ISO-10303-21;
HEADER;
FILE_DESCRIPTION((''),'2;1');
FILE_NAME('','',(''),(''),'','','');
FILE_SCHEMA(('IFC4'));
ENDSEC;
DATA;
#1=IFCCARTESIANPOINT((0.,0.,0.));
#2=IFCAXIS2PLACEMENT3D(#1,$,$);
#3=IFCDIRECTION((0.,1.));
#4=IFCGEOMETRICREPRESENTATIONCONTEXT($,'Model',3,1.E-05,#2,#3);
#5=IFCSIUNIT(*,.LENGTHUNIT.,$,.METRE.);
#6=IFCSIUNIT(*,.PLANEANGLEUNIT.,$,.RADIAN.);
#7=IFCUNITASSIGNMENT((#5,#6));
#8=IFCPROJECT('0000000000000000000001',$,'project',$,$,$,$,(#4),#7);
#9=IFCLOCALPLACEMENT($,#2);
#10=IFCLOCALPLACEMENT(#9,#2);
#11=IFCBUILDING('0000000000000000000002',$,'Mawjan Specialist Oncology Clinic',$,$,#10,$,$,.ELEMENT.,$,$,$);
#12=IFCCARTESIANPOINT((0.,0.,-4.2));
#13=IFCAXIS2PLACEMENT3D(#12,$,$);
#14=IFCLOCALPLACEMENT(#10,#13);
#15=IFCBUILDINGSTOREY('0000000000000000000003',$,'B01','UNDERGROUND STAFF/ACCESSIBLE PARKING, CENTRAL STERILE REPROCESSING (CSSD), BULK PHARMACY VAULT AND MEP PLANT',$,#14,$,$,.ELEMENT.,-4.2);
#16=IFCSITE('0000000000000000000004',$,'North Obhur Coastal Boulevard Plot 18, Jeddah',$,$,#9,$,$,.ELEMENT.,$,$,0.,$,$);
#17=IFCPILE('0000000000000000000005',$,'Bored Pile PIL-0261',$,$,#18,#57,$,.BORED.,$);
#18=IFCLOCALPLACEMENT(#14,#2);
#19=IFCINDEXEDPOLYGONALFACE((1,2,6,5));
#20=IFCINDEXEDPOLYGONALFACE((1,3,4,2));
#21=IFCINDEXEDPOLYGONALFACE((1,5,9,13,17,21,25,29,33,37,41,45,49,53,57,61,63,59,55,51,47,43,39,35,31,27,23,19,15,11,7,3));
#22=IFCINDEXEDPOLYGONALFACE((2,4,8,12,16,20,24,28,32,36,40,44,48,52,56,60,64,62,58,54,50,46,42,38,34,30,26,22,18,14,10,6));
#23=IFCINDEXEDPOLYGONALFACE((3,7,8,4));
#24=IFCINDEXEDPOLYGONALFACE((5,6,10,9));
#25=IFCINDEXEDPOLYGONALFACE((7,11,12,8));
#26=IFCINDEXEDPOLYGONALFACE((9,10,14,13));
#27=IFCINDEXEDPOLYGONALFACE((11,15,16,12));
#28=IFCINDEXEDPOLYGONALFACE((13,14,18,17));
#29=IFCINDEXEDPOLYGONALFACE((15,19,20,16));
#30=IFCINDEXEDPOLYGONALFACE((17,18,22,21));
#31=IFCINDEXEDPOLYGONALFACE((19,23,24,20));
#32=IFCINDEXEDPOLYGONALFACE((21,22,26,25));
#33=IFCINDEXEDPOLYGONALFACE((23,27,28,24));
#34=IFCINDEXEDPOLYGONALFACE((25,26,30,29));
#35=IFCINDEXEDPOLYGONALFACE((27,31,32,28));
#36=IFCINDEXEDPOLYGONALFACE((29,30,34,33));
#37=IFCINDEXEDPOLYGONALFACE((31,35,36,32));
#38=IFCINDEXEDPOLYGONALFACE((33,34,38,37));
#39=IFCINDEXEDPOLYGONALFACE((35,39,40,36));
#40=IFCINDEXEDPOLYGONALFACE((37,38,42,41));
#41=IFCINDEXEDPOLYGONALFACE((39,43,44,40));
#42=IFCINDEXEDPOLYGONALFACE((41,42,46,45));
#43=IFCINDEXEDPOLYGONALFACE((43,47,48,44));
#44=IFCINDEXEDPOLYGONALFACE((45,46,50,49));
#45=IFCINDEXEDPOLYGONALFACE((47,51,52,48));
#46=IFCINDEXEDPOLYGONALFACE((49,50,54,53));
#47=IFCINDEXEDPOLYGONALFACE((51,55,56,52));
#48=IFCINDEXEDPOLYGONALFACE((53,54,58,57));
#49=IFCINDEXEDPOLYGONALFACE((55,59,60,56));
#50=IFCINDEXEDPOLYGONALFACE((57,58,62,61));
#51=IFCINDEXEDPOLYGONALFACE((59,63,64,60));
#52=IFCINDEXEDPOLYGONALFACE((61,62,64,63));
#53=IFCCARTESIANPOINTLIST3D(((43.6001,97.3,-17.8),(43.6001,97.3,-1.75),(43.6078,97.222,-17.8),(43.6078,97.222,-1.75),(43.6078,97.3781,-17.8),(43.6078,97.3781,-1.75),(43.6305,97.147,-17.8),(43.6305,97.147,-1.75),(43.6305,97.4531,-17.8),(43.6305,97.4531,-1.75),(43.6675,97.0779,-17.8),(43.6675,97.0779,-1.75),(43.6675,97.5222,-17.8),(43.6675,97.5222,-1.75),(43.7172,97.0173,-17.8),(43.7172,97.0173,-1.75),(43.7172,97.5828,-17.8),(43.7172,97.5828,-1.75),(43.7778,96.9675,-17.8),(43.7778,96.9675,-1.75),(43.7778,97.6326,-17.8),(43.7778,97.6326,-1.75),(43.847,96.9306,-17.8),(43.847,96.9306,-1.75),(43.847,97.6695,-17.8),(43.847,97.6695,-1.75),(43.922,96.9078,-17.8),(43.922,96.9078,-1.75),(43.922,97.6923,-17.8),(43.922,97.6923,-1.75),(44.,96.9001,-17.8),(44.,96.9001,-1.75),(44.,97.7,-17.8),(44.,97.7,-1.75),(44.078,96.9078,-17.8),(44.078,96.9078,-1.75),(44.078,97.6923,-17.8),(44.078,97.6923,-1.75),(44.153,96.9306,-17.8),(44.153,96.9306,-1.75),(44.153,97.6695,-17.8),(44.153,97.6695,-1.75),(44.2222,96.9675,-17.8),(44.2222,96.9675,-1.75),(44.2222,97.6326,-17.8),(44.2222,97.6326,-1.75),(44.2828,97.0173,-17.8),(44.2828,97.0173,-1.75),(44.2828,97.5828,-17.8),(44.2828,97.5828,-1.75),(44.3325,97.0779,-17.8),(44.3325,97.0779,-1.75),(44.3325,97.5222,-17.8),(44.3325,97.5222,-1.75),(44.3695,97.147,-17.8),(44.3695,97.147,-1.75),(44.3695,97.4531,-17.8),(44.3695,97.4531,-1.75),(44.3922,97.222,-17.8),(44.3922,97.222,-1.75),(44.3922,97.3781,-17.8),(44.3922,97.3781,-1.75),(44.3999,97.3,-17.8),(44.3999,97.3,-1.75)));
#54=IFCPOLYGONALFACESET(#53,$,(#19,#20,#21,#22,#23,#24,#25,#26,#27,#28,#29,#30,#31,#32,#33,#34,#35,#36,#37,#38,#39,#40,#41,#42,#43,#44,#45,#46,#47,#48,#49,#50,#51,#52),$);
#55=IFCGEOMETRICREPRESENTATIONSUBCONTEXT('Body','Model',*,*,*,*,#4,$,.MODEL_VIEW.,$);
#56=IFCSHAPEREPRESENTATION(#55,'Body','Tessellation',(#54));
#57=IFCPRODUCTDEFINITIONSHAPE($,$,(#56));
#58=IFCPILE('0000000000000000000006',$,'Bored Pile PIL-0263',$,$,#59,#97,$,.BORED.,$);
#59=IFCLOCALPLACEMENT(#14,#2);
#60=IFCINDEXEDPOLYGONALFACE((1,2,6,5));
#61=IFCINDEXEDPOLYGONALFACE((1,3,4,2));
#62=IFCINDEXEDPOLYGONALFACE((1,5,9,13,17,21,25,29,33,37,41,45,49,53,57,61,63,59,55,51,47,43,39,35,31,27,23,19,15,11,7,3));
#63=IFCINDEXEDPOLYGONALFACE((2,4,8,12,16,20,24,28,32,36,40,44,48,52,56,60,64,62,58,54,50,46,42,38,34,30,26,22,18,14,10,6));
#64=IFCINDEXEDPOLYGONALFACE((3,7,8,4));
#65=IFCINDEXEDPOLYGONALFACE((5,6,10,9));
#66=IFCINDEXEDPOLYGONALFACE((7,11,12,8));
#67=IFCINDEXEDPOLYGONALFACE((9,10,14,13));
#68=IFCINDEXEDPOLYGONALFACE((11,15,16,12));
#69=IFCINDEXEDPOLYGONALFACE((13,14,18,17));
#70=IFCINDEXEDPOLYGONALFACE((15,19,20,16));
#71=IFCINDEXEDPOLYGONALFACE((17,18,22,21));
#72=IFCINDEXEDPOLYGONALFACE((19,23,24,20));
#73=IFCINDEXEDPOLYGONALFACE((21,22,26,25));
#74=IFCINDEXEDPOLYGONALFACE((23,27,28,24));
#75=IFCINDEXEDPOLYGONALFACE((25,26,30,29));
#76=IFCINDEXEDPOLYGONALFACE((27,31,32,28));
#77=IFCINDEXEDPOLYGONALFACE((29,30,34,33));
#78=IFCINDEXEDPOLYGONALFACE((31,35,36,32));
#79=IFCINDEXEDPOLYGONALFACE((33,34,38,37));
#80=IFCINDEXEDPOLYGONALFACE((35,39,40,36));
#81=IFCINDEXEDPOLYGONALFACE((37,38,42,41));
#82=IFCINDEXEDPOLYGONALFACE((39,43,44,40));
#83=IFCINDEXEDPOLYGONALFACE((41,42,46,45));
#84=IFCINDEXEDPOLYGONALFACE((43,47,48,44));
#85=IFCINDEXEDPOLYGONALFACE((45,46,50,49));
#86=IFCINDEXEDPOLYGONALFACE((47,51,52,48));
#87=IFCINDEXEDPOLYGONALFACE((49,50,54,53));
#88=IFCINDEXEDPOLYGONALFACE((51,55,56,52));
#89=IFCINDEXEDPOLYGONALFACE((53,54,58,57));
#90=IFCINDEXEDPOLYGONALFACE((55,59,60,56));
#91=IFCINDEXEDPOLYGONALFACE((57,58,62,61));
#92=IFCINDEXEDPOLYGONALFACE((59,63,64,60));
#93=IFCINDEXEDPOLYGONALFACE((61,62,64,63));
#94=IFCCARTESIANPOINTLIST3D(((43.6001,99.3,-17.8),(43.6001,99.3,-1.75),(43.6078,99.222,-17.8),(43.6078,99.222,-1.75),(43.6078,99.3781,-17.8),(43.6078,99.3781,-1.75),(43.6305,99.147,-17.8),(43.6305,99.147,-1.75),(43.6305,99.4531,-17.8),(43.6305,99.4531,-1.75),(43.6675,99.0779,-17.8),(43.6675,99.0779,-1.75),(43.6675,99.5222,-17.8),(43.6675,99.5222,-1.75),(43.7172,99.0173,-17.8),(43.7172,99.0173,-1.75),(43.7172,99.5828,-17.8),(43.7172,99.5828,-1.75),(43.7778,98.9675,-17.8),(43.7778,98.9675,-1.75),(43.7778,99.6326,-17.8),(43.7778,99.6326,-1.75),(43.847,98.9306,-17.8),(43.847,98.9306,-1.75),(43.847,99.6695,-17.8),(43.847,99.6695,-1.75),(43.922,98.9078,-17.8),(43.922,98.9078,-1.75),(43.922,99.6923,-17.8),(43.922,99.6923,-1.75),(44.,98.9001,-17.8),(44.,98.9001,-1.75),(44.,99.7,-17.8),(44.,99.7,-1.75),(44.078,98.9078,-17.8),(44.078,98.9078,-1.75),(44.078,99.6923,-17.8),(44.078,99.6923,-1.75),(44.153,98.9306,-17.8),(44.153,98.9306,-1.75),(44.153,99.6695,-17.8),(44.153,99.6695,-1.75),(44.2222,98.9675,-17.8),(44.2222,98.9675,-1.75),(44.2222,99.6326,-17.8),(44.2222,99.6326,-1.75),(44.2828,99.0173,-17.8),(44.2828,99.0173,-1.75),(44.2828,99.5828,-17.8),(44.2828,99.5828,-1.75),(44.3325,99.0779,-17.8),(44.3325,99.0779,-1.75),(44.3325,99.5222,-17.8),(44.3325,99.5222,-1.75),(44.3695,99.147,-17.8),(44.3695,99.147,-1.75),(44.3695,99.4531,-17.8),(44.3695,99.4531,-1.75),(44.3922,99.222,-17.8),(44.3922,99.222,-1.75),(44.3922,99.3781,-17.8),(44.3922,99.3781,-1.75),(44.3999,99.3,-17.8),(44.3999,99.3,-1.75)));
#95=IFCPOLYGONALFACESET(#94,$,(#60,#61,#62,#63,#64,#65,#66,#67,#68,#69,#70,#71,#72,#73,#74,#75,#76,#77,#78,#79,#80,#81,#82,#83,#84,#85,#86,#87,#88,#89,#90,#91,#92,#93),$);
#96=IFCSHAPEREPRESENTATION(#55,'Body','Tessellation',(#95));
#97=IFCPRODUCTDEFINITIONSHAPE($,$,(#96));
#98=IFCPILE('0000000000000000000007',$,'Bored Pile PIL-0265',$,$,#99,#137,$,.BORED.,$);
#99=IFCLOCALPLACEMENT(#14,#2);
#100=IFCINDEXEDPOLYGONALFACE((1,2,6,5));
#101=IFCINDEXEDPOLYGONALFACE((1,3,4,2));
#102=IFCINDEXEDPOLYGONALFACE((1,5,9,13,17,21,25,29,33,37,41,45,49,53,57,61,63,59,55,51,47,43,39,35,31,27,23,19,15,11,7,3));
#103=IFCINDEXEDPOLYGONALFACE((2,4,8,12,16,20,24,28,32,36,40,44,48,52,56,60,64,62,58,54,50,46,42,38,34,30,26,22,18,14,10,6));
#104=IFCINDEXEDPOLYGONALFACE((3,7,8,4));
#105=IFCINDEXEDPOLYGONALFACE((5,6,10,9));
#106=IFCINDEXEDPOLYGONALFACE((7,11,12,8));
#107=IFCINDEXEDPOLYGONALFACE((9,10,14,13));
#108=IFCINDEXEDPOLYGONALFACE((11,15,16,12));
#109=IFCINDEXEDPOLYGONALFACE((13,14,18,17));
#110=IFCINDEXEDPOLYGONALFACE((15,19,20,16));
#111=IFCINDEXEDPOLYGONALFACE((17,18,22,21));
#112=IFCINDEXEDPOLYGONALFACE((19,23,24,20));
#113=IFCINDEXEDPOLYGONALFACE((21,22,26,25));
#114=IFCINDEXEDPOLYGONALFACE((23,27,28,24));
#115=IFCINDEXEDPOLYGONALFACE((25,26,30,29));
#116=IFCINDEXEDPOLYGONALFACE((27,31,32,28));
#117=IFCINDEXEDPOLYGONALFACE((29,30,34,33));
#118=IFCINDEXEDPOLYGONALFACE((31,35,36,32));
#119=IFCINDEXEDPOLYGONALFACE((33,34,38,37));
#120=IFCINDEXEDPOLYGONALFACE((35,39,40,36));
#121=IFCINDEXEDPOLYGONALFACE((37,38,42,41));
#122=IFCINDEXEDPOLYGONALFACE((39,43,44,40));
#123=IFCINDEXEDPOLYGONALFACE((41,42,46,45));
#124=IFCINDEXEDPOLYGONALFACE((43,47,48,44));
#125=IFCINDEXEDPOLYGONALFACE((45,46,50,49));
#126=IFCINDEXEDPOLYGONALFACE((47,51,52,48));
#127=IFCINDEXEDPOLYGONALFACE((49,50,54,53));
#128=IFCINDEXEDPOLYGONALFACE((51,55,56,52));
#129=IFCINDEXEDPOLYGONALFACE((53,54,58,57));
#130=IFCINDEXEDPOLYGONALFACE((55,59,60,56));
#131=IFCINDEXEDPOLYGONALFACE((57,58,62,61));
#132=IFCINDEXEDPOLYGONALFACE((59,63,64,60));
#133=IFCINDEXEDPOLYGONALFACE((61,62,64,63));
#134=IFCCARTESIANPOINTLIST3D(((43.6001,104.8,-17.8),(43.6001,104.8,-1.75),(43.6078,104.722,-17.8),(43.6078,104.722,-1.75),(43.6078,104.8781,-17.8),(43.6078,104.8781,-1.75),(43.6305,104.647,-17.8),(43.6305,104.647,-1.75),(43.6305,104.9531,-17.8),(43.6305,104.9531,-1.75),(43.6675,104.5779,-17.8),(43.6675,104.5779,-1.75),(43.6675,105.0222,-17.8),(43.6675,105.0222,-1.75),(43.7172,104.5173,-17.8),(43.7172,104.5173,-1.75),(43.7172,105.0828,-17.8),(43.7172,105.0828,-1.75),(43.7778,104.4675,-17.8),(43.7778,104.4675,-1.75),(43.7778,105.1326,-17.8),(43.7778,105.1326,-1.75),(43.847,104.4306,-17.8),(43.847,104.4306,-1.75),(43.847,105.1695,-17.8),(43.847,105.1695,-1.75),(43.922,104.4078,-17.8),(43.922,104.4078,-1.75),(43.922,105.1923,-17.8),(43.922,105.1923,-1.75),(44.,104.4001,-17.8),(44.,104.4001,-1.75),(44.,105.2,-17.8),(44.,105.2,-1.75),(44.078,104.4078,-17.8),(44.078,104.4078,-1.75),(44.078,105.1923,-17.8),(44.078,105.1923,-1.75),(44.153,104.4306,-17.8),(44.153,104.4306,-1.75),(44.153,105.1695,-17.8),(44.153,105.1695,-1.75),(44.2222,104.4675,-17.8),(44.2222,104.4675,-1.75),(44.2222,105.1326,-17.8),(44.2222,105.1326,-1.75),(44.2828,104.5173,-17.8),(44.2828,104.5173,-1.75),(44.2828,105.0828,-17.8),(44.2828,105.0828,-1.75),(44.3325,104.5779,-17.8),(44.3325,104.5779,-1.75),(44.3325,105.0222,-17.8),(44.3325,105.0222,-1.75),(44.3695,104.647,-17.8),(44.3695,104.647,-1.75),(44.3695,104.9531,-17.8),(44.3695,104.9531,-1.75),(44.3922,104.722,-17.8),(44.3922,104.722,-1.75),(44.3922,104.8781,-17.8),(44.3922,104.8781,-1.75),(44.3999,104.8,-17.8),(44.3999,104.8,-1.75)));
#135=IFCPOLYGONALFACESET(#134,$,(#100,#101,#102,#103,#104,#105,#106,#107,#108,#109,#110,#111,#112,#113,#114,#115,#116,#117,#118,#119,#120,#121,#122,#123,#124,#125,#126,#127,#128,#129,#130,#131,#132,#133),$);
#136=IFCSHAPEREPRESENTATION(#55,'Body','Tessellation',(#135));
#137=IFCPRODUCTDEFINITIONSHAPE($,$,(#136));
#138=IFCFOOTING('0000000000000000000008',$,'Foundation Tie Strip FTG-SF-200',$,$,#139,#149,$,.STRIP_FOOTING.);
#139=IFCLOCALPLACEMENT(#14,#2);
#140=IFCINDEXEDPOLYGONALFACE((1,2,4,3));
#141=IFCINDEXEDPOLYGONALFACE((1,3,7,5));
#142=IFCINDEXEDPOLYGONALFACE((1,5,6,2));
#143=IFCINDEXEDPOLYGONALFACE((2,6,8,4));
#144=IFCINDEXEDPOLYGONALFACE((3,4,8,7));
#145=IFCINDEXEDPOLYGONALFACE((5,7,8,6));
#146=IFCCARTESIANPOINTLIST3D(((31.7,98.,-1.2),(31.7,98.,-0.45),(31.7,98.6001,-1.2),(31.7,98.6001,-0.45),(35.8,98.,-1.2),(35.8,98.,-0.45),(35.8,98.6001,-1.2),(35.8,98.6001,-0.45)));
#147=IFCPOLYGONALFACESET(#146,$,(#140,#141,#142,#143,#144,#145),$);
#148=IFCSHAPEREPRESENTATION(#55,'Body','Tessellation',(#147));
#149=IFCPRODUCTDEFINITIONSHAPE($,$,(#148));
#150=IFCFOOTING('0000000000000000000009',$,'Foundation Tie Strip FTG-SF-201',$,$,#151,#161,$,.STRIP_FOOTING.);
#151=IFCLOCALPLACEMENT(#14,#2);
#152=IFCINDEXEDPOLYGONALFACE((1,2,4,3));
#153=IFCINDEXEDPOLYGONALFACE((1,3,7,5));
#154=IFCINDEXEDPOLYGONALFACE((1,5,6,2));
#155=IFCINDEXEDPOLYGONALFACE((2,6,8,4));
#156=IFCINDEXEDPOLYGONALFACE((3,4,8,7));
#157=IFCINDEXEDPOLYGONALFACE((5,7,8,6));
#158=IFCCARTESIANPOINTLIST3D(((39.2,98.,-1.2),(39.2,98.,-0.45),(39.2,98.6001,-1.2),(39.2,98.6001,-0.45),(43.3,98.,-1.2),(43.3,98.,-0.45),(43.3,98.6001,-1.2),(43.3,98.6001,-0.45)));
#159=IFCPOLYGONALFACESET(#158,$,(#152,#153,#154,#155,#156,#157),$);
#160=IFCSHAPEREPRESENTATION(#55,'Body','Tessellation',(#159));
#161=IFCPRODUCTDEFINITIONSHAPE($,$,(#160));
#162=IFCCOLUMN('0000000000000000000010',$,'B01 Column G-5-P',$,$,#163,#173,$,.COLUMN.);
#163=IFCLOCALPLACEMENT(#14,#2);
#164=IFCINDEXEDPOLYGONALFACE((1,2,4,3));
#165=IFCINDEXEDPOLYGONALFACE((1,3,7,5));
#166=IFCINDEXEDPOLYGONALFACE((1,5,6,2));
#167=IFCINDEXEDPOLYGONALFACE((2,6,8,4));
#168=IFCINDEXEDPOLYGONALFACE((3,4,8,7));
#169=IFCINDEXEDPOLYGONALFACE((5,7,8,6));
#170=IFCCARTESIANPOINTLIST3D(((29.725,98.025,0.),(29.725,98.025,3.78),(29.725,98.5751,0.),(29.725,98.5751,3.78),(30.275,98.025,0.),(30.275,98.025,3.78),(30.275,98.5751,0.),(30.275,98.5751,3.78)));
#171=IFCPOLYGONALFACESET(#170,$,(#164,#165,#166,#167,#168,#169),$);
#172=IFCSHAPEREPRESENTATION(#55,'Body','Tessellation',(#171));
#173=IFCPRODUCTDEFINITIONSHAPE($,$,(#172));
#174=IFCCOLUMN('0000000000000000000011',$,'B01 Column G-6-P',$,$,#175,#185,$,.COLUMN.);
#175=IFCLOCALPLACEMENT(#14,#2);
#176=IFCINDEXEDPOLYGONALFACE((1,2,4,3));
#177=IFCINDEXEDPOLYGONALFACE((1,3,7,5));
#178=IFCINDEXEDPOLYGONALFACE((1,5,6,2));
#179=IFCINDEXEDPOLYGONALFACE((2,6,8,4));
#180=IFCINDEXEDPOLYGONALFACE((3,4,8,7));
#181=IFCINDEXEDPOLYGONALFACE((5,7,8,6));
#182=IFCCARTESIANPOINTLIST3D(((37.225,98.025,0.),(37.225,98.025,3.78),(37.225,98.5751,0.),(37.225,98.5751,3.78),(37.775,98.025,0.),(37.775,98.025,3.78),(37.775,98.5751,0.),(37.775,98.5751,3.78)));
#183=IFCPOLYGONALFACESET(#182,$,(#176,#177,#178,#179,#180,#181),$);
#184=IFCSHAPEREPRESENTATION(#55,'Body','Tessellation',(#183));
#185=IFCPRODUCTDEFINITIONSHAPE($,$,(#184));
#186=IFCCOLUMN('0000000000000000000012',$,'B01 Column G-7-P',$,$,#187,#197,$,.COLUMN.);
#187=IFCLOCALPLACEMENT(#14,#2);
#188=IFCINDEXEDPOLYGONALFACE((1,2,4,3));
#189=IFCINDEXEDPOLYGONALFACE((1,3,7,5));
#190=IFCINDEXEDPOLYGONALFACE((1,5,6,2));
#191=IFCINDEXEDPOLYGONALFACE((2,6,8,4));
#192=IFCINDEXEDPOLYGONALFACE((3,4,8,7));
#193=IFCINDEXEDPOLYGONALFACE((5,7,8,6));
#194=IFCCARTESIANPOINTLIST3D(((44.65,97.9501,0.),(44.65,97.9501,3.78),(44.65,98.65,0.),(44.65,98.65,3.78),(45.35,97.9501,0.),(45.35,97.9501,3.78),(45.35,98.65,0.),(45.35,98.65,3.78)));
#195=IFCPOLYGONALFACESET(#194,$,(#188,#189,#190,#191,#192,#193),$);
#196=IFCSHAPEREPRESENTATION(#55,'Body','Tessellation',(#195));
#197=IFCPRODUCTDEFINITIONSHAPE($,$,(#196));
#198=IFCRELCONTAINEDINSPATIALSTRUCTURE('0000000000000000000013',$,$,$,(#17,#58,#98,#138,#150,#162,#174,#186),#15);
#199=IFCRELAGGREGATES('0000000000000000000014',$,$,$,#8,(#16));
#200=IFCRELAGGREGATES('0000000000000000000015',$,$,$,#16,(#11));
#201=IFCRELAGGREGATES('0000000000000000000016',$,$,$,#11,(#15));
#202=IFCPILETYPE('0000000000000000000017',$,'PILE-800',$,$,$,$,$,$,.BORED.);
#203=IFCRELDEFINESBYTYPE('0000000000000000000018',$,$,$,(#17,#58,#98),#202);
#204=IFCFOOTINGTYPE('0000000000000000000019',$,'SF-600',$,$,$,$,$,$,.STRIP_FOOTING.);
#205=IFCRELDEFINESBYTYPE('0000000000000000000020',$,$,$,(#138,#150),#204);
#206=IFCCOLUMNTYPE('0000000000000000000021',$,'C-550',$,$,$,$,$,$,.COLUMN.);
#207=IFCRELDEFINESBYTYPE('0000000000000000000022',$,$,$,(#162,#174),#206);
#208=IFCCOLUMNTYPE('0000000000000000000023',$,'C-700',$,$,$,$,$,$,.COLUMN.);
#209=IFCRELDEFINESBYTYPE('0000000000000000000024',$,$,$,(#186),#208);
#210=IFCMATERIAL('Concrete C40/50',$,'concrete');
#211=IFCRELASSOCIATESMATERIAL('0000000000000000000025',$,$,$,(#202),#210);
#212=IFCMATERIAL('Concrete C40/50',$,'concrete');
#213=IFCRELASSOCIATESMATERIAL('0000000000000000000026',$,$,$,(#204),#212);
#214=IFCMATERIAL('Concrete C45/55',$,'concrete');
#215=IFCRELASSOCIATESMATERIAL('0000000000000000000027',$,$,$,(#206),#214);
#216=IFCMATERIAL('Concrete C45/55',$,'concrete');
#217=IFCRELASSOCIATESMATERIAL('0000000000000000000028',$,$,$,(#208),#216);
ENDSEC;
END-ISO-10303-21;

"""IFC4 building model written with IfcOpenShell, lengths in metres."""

from ifc_helpers import new_model, si_unit, direction, frame, origin, origin_2d, place, context, subcontext, project, spatial, rectangle, circle, extrude, material, material_profile, profile_set, type_object, element, save


model = new_model("IFC4")

# Units and contexts
model_context = context("Model", 3, precision=1e-05, world=origin(), true_north=direction((0.0, 1.0)))
body_context = subcontext(model_context, "Body", "Model", "MODEL_VIEW")
ifc_project = project(units=[si_unit("LENGTHUNIT", "METRE"), si_unit("PLANEANGLEUNIT", "RADIAN")], contexts=[model_context])

# Site, building, storey
site_placement = place(None, origin())
site = spatial("IfcSite", under=ifc_project, at=site_placement, Name="North Obhur Coastal Boulevard Plot 18, Jeddah", CompositionType="ELEMENT", RefElevation=0.0)
building_placement = place(site_placement, origin())
building = spatial("IfcBuilding", under=site, at=building_placement, Name="Mawjan Specialist Oncology Clinic", CompositionType="ELEMENT")
storey_placement = place(building_placement, frame((0.0, 0.0, -4.2)))
storey = spatial("IfcBuildingStorey", under=building, at=storey_placement, Name="B01", Description="UNDERGROUND STAFF/ACCESSIBLE PARKING, CENTRAL STERILE REPROCESSING (CSSD), BULK PHARMACY VAULT AND MEP PLANT", CompositionType="ELEMENT", Elevation=-4.2)

# Piles
ifc_material_1 = material(Name="Concrete C40/50", Category="concrete")
ifc_material_profile_1 = material_profile(ifc_material_1, circle(Radius=0.3999, at=origin_2d()), Name="BORED PILE D800", Category="concrete")
ifc_profile_set_1 = profile_set([ifc_material_profile_1], Name="Concrete C40/50")
pile_type = type_object("IfcPileType", Name="PILE-800", PredefinedType="BORED", material=ifc_profile_set_1)
for number, where, z_axis, x_axis, name in (
    (1, (44.0, 97.3, -1.75), (0.0, 0.0, -1.0), (1.0, 0.0, 0.0), "Bored Pile PIL-0261"),
    (2, (44.0, 99.3, -1.75), (0.0, 0.0, -1.0), (1.0, 0.0, 0.0), "Bored Pile PIL-0263"),
    (3, (44.0, 104.8, -1.75), (0.0, 0.0, -1.0), (1.0, 0.0, 0.0), "Bored Pile PIL-0265"),
):
    element("IfcPile", number, at=place(storey_placement, frame(where, z_axis=z_axis, x_axis=x_axis)), inside=storey, type_object=pile_type, Name=name, PredefinedType="BORED", context=body_context, shape_type="SweptSolid", body=[
        extrude(circle(Radius=0.3999, at=origin_2d()), origin(), (0.0, 0.0, 1.0), 16.05),
    ])

# Footings
ifc_material_2 = material(Name="Concrete C40/50", Category="concrete")
footing_type_1 = type_object("IfcFootingType", Name="SF-600", PredefinedType="STRIP_FOOTING", material=ifc_material_2)
for number, where, z_axis, x_axis, name in (
    (4, (33.75, 98.3, -1.2), (0.0, 0.0, 1.0), (1.0, 0.0, 0.0), "Foundation Tie Strip FTG-SF-200"),
    (5, (41.25, 98.3, -1.2), (0.0, 0.0, 1.0), (1.0, 0.0, 0.0), "Foundation Tie Strip FTG-SF-201"),
):
    element("IfcFooting", number, at=place(storey_placement, frame(where, z_axis=z_axis, x_axis=x_axis)), inside=storey, type_object=footing_type_1, Name=name, PredefinedType="STRIP_FOOTING", context=body_context, shape_type="SweptSolid", body=[
        extrude(rectangle(XDim=4.1001, YDim=0.6001, at=origin_2d()), origin(), (0.0, 0.0, 1.0), 0.75),
    ])

# Columns
ifc_material_3 = material(Name="Concrete C45/55", Category="concrete")
ifc_material_profile_2 = material_profile(ifc_material_3, rectangle(XDim=0.55, YDim=0.55, at=origin_2d()), Name="RC COL 550x550", Category="concrete")
ifc_profile_set_2 = profile_set([ifc_material_profile_2], Name="Concrete C45/55")
column_type_1 = type_object("IfcColumnType", Name="C-550", PredefinedType="COLUMN", material=ifc_profile_set_2)
for number, where, z_axis, x_axis, name in (
    (6, (30.0, 98.3, 0.0), (0.0, 0.0, 1.0), (1.0, 0.0, 0.0), "B01 Column G-5-P"),
    (7, (37.5, 98.3, 0.0), (0.0, 0.0, 1.0), (1.0, 0.0, 0.0), "B01 Column G-6-P"),
):
    element("IfcColumn", number, at=place(storey_placement, frame(where, z_axis=z_axis, x_axis=x_axis)), inside=storey, type_object=column_type_1, Name=name, PredefinedType="COLUMN", context=body_context, shape_type="SweptSolid", body=[
        extrude(rectangle(XDim=0.55, YDim=0.55, at=origin_2d()), origin(), (0.0, 0.0, 1.0), 3.78),
    ])
ifc_material_4 = material(Name="Concrete C45/55", Category="concrete")
ifc_material_profile_3 = material_profile(ifc_material_4, rectangle(XDim=0.7, YDim=0.7, at=origin_2d()), Name="RC COL 700x700", Category="concrete")
ifc_profile_set_3 = profile_set([ifc_material_profile_3], Name="Concrete C45/55")
column_type_2 = type_object("IfcColumnType", Name="C-700", PredefinedType="COLUMN", material=ifc_profile_set_3)
column_placement = place(storey_placement, frame((45.0, 98.3, 0.0), z_axis=(0.0, 0.0, 1.0), x_axis=(1.0, 0.0, 0.0)))
element("IfcColumn", 8, at=column_placement, inside=storey, type_object=column_type_2, Name="B01 Column G-7-P", PredefinedType="COLUMN", context=body_context, shape_type="SweptSolid", body=[
    extrude(rectangle(XDim=0.7, YDim=0.7, at=origin_2d()), origin(), (0.0, 0.0, 1.0), 3.78),
])

save(model, "model.ifc")
